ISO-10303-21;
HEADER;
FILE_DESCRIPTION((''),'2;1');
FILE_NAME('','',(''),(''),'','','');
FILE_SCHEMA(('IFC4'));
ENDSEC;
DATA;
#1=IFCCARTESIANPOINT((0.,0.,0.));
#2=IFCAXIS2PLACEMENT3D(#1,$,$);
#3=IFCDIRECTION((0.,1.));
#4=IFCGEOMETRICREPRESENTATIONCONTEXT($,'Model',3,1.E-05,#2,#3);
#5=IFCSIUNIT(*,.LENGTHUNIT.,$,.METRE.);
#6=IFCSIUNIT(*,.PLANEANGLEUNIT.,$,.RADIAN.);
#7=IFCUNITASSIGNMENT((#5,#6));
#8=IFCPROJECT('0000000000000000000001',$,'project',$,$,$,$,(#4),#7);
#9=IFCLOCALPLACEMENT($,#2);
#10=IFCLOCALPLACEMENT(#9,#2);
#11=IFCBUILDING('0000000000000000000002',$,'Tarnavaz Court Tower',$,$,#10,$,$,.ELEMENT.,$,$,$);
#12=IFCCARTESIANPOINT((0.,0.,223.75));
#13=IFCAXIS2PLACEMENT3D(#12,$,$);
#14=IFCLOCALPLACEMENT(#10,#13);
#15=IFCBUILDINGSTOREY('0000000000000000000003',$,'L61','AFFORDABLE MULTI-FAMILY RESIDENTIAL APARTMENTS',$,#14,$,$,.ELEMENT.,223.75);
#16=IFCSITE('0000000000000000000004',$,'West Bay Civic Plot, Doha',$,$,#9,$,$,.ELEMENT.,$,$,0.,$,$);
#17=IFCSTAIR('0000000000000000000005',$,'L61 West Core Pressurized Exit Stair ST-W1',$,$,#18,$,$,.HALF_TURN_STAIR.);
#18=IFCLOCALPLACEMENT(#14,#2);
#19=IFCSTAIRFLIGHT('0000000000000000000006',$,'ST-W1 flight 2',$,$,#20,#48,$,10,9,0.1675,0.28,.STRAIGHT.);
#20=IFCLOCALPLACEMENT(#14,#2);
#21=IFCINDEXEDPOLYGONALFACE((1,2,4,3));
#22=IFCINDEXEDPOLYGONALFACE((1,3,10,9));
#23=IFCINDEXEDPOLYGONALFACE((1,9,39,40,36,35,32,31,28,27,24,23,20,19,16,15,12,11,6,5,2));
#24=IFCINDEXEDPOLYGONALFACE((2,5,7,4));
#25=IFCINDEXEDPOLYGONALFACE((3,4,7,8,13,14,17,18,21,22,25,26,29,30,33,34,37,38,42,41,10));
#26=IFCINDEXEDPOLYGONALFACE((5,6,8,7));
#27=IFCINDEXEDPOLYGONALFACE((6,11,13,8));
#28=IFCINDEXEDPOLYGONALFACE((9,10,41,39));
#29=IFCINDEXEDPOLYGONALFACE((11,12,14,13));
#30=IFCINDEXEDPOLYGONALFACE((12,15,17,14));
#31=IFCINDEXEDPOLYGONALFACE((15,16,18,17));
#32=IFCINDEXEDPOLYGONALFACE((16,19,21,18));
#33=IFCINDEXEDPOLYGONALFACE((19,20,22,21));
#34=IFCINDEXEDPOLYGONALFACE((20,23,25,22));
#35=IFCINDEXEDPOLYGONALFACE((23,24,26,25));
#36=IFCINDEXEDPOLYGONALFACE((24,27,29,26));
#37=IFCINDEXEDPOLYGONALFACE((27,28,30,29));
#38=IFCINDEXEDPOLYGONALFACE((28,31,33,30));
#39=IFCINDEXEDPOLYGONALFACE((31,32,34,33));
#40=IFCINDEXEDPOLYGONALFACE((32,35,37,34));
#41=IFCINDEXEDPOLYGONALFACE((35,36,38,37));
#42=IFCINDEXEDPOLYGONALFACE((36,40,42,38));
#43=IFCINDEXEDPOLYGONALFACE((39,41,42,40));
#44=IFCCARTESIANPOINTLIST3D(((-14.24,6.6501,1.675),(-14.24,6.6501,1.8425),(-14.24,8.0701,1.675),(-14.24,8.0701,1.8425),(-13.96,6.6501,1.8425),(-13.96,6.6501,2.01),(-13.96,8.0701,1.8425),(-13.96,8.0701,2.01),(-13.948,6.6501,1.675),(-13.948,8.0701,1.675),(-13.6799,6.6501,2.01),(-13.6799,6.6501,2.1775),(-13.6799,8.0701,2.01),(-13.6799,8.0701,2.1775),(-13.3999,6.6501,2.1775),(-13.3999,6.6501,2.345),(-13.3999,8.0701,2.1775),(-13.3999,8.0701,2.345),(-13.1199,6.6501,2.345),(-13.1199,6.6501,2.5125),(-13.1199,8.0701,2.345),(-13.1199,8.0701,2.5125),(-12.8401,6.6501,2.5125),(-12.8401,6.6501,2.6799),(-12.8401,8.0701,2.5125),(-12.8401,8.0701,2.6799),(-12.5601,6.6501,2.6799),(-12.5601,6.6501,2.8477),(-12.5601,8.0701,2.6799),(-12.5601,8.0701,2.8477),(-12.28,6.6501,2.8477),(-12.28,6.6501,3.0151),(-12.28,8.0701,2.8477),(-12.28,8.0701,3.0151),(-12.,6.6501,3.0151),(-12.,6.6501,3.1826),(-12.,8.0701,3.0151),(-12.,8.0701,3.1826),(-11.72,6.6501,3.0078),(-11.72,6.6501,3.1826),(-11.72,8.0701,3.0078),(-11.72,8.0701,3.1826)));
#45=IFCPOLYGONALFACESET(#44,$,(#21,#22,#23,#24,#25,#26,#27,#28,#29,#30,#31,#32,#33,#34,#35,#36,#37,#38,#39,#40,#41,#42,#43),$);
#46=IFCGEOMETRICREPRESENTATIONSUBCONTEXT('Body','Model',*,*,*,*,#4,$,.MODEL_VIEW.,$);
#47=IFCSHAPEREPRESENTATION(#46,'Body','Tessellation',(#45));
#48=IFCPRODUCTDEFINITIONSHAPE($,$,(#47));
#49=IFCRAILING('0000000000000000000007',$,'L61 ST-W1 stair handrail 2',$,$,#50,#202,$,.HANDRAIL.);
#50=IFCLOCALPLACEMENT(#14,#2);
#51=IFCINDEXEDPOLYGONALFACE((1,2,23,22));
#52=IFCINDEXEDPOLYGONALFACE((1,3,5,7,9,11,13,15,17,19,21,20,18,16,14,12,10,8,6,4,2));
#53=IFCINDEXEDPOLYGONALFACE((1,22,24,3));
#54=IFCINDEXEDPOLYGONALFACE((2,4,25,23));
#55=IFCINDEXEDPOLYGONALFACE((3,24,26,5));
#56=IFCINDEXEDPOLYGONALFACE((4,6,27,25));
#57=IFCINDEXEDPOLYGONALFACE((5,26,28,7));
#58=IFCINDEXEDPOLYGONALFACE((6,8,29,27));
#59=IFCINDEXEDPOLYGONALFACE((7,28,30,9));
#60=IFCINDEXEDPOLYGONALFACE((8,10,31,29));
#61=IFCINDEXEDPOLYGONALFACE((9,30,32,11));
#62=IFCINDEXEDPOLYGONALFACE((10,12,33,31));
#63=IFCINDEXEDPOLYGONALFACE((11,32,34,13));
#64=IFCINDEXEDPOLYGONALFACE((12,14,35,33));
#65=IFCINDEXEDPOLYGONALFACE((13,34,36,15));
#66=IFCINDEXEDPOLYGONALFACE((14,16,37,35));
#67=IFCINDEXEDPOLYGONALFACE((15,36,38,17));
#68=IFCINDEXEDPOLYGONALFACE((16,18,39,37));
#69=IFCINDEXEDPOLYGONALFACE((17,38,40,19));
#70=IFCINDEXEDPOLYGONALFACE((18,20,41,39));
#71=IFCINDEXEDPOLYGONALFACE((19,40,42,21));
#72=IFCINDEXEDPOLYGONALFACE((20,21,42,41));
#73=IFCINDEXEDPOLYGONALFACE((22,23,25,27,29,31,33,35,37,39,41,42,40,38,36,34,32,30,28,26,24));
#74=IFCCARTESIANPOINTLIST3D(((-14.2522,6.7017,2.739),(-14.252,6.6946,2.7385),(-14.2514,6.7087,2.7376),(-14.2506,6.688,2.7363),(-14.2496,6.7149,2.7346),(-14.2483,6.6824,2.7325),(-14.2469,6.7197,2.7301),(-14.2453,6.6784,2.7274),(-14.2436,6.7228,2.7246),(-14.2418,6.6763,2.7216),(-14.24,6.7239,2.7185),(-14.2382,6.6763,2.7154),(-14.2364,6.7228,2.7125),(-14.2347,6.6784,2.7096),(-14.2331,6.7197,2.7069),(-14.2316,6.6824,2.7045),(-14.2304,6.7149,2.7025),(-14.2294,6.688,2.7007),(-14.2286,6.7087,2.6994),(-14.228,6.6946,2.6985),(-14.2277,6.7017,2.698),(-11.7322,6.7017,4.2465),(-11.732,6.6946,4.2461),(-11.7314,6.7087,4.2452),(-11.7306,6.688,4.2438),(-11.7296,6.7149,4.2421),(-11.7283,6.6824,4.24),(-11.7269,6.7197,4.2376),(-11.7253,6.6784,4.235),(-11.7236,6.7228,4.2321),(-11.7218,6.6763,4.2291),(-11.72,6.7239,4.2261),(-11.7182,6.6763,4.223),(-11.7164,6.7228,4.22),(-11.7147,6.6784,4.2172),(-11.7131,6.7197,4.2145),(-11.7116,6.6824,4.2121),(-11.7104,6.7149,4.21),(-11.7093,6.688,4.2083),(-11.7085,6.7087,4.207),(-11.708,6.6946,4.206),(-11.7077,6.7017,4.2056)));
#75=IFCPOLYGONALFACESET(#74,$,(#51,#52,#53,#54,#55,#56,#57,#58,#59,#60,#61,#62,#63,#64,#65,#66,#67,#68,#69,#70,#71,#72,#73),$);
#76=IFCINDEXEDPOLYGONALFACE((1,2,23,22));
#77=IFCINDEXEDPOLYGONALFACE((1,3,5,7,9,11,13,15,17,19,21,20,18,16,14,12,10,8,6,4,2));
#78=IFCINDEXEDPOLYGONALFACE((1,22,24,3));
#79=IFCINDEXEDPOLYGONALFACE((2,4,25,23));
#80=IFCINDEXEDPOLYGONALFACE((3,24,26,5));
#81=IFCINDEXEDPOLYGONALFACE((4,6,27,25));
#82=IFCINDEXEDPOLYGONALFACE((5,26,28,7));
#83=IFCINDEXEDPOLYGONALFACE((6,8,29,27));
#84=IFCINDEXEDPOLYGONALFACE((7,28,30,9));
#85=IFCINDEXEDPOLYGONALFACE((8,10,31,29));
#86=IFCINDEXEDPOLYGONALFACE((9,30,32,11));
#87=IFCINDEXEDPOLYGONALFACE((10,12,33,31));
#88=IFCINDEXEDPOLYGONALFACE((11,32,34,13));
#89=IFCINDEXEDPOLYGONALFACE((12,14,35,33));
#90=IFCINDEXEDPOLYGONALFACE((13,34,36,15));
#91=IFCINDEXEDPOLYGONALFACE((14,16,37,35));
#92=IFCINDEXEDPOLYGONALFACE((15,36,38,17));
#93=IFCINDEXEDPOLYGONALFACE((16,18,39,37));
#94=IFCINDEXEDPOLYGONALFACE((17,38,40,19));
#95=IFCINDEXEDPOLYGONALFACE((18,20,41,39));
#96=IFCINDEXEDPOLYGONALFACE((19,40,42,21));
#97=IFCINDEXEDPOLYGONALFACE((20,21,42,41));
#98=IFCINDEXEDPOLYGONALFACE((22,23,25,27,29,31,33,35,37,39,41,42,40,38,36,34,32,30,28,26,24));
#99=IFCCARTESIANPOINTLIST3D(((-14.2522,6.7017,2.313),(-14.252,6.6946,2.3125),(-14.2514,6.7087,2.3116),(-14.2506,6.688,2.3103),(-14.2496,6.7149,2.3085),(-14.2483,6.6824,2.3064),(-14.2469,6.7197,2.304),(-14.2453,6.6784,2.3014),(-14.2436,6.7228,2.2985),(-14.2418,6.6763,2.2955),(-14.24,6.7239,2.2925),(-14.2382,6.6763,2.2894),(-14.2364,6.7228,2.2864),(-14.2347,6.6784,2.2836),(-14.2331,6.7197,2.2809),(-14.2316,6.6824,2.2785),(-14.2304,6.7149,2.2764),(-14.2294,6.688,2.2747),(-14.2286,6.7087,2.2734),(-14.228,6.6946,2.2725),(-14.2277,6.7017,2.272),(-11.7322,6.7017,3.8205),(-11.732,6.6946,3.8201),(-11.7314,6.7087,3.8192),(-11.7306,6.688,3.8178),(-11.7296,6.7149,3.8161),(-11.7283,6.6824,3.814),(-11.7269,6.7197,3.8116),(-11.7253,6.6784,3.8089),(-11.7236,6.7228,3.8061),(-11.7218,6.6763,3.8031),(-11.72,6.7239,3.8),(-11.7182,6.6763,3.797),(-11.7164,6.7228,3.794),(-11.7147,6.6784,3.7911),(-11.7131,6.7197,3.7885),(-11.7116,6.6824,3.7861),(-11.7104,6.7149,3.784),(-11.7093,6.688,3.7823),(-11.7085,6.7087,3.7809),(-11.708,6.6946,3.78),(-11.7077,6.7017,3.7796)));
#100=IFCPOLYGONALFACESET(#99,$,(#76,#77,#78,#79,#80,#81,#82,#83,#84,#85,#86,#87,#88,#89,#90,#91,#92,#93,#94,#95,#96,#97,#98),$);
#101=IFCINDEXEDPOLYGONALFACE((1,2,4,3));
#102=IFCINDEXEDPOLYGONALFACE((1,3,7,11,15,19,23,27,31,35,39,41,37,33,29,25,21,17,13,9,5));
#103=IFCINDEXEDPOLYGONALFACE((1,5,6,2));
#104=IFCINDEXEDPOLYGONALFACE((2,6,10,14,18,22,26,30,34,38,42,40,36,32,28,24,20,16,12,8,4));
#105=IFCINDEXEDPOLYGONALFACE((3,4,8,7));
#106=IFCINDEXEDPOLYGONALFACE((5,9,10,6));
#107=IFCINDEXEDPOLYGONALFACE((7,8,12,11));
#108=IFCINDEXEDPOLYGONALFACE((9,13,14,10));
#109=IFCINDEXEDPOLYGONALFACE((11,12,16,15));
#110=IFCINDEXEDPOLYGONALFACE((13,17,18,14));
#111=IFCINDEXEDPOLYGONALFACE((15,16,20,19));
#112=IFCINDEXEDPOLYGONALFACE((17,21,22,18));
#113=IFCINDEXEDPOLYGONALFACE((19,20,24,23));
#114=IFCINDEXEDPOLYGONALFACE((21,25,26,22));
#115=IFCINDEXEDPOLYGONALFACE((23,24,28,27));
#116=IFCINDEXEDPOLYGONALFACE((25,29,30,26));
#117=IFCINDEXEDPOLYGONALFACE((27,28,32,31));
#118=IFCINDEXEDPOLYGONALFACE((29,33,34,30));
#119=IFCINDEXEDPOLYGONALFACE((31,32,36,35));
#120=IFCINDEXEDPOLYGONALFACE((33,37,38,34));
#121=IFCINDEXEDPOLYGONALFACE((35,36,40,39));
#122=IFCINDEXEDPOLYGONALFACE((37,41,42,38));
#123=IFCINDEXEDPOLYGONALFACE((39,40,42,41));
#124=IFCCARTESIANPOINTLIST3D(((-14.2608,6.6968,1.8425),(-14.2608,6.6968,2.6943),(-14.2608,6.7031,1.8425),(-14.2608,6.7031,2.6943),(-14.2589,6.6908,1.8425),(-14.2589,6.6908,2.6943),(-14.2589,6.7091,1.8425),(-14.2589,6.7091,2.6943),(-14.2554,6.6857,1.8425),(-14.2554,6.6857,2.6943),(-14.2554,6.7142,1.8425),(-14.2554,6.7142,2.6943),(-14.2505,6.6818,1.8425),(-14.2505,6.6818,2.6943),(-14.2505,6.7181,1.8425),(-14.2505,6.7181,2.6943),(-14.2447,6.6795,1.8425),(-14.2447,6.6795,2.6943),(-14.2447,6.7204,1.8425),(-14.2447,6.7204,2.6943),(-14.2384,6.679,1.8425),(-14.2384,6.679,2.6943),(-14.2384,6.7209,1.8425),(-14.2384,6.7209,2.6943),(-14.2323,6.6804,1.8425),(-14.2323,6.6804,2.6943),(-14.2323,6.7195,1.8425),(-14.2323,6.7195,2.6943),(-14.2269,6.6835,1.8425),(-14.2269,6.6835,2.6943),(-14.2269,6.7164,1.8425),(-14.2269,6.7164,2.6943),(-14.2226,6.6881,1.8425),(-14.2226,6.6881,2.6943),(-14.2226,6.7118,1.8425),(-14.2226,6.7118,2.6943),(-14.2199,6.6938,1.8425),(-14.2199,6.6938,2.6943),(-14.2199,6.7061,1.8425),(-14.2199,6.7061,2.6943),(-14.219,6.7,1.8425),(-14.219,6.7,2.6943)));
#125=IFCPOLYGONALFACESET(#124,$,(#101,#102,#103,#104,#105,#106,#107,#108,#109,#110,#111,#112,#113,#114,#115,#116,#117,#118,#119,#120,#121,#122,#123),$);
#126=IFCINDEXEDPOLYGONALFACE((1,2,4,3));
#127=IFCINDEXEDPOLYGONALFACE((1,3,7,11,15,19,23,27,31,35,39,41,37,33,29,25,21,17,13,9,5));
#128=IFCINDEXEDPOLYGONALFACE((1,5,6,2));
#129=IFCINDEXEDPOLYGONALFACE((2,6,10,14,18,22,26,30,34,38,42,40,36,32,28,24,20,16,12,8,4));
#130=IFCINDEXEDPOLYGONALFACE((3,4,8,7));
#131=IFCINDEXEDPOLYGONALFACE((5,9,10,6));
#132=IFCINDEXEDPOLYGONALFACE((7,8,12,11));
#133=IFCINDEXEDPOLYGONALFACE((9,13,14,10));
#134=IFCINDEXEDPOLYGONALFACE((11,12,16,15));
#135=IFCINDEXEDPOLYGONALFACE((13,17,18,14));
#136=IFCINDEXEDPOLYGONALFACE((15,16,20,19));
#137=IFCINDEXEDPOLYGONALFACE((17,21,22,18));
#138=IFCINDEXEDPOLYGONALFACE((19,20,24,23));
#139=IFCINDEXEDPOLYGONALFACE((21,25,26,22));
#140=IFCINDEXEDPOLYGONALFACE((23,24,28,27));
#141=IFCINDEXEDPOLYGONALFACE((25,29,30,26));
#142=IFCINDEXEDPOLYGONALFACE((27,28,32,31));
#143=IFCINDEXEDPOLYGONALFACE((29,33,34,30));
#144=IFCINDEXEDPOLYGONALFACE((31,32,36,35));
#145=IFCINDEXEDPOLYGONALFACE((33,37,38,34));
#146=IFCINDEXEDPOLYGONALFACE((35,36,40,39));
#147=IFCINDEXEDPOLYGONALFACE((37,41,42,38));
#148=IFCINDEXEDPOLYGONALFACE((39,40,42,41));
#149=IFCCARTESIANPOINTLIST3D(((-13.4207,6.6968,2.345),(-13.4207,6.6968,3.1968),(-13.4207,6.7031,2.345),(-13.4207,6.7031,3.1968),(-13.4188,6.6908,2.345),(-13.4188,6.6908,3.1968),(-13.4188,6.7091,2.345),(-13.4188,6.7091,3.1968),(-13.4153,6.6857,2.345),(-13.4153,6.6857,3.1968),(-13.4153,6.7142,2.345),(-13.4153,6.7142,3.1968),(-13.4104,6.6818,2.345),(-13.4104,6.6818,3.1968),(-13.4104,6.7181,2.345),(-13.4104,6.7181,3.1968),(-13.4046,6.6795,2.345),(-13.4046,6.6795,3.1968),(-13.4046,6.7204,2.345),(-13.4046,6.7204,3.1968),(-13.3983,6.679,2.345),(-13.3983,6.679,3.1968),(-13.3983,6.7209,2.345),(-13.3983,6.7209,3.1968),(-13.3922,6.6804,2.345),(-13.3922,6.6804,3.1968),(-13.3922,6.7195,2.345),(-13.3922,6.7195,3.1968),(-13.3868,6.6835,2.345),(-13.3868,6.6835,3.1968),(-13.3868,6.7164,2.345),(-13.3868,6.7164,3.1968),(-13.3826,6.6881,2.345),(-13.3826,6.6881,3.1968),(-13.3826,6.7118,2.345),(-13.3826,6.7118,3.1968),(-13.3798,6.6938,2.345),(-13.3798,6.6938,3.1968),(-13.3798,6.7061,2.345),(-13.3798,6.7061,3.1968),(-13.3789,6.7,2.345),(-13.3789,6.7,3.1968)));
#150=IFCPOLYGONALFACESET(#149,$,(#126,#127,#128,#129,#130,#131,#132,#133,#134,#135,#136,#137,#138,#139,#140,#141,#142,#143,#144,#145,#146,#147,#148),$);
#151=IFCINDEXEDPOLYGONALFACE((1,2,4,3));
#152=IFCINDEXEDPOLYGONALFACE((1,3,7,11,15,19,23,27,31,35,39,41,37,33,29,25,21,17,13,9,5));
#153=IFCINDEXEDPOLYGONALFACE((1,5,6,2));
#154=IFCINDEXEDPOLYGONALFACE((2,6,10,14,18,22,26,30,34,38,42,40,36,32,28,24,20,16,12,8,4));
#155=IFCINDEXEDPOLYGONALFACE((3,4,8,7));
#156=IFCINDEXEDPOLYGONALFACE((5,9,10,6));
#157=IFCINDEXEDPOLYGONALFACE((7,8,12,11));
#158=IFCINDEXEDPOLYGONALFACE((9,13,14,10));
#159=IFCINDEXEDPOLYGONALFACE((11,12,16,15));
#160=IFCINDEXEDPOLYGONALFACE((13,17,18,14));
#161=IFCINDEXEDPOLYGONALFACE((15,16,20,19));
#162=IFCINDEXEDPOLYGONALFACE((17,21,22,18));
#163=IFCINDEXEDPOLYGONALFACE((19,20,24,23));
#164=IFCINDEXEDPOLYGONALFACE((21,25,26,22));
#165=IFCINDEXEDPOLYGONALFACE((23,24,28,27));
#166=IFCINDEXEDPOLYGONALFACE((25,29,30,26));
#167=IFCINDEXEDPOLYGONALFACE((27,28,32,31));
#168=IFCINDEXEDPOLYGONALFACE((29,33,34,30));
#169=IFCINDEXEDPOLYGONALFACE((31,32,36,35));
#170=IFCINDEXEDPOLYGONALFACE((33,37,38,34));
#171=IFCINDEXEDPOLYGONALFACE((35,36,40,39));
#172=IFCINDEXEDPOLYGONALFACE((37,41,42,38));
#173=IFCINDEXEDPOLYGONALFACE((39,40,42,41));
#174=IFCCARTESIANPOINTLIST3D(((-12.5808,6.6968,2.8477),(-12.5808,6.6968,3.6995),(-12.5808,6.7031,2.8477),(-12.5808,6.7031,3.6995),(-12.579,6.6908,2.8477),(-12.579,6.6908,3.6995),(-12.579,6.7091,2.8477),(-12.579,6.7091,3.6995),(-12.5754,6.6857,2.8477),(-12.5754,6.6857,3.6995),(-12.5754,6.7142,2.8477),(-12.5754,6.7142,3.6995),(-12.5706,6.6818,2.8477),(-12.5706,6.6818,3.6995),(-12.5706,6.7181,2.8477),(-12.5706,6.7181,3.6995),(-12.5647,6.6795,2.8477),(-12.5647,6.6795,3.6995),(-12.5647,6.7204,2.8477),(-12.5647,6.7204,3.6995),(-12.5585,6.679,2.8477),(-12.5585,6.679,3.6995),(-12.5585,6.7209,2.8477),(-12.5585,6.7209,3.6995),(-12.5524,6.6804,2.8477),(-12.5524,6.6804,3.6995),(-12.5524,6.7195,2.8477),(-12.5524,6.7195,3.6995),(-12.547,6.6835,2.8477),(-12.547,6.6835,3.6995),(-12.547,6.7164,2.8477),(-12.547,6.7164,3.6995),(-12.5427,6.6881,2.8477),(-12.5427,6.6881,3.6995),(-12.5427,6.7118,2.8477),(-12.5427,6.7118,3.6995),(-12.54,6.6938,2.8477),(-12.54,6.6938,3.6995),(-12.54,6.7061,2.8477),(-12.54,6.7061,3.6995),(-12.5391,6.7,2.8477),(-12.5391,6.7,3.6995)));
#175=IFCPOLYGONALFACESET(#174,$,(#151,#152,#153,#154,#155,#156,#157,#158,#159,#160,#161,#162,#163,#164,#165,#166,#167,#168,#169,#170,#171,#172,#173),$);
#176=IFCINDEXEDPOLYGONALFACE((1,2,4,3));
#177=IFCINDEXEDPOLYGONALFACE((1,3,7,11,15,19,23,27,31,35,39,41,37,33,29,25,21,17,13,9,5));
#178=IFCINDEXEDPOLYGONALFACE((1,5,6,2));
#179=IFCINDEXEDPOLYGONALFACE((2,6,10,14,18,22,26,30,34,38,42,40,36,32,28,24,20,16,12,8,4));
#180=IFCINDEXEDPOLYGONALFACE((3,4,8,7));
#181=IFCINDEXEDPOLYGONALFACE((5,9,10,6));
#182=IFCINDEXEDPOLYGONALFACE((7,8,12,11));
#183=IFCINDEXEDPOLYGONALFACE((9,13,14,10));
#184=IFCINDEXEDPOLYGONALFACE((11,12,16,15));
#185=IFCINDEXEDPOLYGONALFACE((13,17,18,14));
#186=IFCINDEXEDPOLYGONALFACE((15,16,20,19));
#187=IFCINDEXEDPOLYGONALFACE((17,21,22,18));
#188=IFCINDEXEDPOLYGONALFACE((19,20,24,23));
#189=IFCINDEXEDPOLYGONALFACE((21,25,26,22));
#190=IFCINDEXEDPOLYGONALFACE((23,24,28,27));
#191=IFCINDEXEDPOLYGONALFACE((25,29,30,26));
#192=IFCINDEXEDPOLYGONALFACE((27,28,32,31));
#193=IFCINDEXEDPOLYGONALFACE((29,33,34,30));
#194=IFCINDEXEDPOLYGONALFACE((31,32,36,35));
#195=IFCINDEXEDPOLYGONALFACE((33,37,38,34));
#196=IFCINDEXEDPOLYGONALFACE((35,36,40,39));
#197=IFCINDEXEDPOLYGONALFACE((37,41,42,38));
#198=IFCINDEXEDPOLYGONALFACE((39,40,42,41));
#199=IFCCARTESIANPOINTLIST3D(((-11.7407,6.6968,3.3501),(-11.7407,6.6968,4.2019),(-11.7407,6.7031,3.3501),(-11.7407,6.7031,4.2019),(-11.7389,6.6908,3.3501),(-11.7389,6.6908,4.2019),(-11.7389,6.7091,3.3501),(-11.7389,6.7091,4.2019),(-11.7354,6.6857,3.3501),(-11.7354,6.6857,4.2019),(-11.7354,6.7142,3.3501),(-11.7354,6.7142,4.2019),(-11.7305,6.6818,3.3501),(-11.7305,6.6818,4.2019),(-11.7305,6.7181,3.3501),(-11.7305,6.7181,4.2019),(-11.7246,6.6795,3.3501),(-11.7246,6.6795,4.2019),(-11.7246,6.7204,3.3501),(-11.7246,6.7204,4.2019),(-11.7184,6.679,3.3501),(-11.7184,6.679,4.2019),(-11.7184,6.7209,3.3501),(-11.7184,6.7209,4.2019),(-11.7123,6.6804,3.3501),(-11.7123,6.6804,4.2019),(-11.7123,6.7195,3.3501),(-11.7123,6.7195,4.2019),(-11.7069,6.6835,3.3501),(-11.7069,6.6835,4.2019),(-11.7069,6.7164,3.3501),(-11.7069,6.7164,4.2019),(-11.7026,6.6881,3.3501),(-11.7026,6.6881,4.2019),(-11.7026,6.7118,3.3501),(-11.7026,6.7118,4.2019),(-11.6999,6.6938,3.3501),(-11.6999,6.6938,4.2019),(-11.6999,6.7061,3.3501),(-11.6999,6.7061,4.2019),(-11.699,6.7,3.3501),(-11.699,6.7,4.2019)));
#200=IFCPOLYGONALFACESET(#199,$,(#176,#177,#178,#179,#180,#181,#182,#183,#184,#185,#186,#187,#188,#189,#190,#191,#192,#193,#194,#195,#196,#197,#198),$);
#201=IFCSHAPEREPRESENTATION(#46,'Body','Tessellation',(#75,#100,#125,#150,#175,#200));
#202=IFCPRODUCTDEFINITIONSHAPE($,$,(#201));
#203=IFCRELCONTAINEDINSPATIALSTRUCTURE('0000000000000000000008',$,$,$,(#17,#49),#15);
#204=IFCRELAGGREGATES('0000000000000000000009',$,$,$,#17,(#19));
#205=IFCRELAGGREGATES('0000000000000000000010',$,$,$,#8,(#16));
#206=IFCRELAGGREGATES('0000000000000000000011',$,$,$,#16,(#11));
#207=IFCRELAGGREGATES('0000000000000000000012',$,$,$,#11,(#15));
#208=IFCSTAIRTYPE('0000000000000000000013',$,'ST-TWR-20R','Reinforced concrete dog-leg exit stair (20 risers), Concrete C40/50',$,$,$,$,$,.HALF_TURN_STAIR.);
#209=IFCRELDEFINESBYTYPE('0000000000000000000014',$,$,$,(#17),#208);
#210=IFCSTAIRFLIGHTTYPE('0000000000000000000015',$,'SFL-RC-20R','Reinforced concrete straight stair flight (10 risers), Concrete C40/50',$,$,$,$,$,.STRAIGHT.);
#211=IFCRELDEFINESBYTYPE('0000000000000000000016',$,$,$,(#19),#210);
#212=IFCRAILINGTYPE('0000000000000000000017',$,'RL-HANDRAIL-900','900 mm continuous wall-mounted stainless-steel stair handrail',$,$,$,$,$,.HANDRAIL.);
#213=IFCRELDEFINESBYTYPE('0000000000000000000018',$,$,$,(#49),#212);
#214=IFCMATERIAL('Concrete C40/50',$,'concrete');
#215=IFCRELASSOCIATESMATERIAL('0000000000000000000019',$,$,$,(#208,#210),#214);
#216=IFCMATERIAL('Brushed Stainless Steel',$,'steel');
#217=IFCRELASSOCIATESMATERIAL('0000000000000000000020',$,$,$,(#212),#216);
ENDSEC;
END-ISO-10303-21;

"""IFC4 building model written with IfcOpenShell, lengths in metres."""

from ifc_helpers import new_model, si_unit, direction, frame, origin, origin_2d, place, context, subcontext, project, spatial, polyline, circle, outline, extrude, material, type_object, element, aggregate, save


model = new_model("IFC4")

# Units and contexts
model_context = context("Model", 3, precision=1e-05, world=origin(), true_north=direction((0.0, 1.0)))
body_context = subcontext(model_context, "Body", "Model", "MODEL_VIEW")
ifc_project = project(units=[si_unit("LENGTHUNIT", "METRE"), si_unit("PLANEANGLEUNIT", "RADIAN")], contexts=[model_context])

# Site, building, storey
site_placement = place(None, origin())
site = spatial("IfcSite", under=ifc_project, at=site_placement, Name="West Bay Civic Plot, Doha", CompositionType="ELEMENT", RefElevation=0.0)
building_placement = place(site_placement, origin())
building = spatial("IfcBuilding", under=site, at=building_placement, Name="Tarnavaz Court Tower", CompositionType="ELEMENT")
storey_placement = place(building_placement, frame((0.0, 0.0, 223.75)))
storey = spatial("IfcBuildingStorey", under=building, at=storey_placement, Name="L61", Description="AFFORDABLE MULTI-FAMILY RESIDENTIAL APARTMENTS", CompositionType="ELEMENT", Elevation=223.75)

# Stair, stair flight
ifc_material_1 = material(Name="Concrete C40/50", Category="concrete")
stair_type = type_object("IfcStairType", Name="ST-TWR-20R", Description="Reinforced concrete dog-leg exit stair (20 risers), Concrete C40/50", PredefinedType="HALF_TURN_STAIR", material=ifc_material_1)
stair_placement = place(storey_placement, origin())
stair = element("IfcStair", 1, at=stair_placement, inside=storey, type_object=stair_type, Name="L61 West Core Pressurized Exit Stair ST-W1", PredefinedType="HALF_TURN_STAIR")
stair_flight_type = type_object("IfcStairFlightType", Name="SFL-RC-20R", Description="Reinforced concrete straight stair flight (10 risers), Concrete C40/50", PredefinedType="STRAIGHT", material=ifc_material_1)
stair_flight_placement = place(storey_placement, frame((-14.24, 7.3601, 1.675), z_axis=(0.0, 0.0, 1.0), x_axis=(1.0, 0.0, 0.0)))
stair_flight = element("IfcStairFlight", 2, at=stair_flight_placement, type_object=stair_flight_type, Name="ST-W1 flight 2", NumberOfRisers=10, NumberOfTreads=9, PredefinedType="STRAIGHT", RiserHeight=0.1675, TreadLength=0.28, context=body_context, shape_type="SweptSolid", body=[
    extrude(outline(polyline([(0.0, 0.0), (0.0, 0.1675), (0.28, 0.1675), (0.28, 0.335), (0.5601, 0.335), (0.5601, 0.5024), (0.8401, 0.5024), (0.8401, 0.6699), (1.1201, 0.6699), (1.1201, 0.8374), (1.3999, 0.8374), (1.3999, 1.0049), (1.6799, 1.0049), (1.6799, 1.1726), (1.96, 1.1726), (1.96, 1.3401), (2.24, 1.3401), (2.24, 1.5076), (2.52, 1.5076), (2.52, 1.675), (2.52, 1.3328), (0.292, 0.0), (0.0, 0.0)])), frame((0.0, 0.71, 0.0), z_axis=(0.0, -1.0, 0.0), x_axis=(1.0, 0.0, 0.0)), (0.0, 0.0, 1.0), 1.4199),
])
aggregate(stair, [stair_flight])

# Railing
ifc_material_2 = material(Name="Brushed Stainless Steel", Category="steel")
railing_type_1 = type_object("IfcRailingType", Name="RL-HANDRAIL-900", Description="900 mm continuous wall-mounted stainless-steel stair handrail", PredefinedType="HANDRAIL", material=ifc_material_2)
railing_1_placement = place(storey_placement, frame((-14.24, 6.7, 1.8425)))
element("IfcRailing", 3, at=railing_1_placement, inside=storey, type_object=railing_type_1, Name="L61 ST-W1 stair handrail 2", PredefinedType="HANDRAIL", context=body_context, shape_type="SweptSolid", body=[
    extrude(circle(Radius=0.0239, at=origin_2d()), frame((0.0, 0.0, 0.876), z_axis=(0.85816, 0.0, 0.513383), x_axis=(0.0, 1.0, 0.0)), (0.0, 0.0, 1.0), 2.9365),
    extrude(circle(Radius=0.0239, at=origin_2d()), frame((0.0, 0.0, 0.45), z_axis=(0.85816, 0.0, 0.513383), x_axis=(0.0, 1.0, 0.0)), (0.0, 0.0, 1.0), 2.9365),
    extrude(circle(Radius=0.021, at=origin_2d()), origin(), (0.0, 0.0, 1.0), 0.8518),
    extrude(circle(Radius=0.021, at=origin_2d()), frame((0.8401, 0.0, 0.5024)), (0.0, 0.0, 1.0), 0.8518),
    extrude(circle(Radius=0.021, at=origin_2d()), frame((1.6799, 0.0, 1.0051)), (0.0, 0.0, 1.0), 0.8518),
    extrude(circle(Radius=0.021, at=origin_2d()), frame((2.52, 0.0, 1.5076)), (0.0, 0.0, 1.0), 0.8518),
])

save(model, "model.ifc")
